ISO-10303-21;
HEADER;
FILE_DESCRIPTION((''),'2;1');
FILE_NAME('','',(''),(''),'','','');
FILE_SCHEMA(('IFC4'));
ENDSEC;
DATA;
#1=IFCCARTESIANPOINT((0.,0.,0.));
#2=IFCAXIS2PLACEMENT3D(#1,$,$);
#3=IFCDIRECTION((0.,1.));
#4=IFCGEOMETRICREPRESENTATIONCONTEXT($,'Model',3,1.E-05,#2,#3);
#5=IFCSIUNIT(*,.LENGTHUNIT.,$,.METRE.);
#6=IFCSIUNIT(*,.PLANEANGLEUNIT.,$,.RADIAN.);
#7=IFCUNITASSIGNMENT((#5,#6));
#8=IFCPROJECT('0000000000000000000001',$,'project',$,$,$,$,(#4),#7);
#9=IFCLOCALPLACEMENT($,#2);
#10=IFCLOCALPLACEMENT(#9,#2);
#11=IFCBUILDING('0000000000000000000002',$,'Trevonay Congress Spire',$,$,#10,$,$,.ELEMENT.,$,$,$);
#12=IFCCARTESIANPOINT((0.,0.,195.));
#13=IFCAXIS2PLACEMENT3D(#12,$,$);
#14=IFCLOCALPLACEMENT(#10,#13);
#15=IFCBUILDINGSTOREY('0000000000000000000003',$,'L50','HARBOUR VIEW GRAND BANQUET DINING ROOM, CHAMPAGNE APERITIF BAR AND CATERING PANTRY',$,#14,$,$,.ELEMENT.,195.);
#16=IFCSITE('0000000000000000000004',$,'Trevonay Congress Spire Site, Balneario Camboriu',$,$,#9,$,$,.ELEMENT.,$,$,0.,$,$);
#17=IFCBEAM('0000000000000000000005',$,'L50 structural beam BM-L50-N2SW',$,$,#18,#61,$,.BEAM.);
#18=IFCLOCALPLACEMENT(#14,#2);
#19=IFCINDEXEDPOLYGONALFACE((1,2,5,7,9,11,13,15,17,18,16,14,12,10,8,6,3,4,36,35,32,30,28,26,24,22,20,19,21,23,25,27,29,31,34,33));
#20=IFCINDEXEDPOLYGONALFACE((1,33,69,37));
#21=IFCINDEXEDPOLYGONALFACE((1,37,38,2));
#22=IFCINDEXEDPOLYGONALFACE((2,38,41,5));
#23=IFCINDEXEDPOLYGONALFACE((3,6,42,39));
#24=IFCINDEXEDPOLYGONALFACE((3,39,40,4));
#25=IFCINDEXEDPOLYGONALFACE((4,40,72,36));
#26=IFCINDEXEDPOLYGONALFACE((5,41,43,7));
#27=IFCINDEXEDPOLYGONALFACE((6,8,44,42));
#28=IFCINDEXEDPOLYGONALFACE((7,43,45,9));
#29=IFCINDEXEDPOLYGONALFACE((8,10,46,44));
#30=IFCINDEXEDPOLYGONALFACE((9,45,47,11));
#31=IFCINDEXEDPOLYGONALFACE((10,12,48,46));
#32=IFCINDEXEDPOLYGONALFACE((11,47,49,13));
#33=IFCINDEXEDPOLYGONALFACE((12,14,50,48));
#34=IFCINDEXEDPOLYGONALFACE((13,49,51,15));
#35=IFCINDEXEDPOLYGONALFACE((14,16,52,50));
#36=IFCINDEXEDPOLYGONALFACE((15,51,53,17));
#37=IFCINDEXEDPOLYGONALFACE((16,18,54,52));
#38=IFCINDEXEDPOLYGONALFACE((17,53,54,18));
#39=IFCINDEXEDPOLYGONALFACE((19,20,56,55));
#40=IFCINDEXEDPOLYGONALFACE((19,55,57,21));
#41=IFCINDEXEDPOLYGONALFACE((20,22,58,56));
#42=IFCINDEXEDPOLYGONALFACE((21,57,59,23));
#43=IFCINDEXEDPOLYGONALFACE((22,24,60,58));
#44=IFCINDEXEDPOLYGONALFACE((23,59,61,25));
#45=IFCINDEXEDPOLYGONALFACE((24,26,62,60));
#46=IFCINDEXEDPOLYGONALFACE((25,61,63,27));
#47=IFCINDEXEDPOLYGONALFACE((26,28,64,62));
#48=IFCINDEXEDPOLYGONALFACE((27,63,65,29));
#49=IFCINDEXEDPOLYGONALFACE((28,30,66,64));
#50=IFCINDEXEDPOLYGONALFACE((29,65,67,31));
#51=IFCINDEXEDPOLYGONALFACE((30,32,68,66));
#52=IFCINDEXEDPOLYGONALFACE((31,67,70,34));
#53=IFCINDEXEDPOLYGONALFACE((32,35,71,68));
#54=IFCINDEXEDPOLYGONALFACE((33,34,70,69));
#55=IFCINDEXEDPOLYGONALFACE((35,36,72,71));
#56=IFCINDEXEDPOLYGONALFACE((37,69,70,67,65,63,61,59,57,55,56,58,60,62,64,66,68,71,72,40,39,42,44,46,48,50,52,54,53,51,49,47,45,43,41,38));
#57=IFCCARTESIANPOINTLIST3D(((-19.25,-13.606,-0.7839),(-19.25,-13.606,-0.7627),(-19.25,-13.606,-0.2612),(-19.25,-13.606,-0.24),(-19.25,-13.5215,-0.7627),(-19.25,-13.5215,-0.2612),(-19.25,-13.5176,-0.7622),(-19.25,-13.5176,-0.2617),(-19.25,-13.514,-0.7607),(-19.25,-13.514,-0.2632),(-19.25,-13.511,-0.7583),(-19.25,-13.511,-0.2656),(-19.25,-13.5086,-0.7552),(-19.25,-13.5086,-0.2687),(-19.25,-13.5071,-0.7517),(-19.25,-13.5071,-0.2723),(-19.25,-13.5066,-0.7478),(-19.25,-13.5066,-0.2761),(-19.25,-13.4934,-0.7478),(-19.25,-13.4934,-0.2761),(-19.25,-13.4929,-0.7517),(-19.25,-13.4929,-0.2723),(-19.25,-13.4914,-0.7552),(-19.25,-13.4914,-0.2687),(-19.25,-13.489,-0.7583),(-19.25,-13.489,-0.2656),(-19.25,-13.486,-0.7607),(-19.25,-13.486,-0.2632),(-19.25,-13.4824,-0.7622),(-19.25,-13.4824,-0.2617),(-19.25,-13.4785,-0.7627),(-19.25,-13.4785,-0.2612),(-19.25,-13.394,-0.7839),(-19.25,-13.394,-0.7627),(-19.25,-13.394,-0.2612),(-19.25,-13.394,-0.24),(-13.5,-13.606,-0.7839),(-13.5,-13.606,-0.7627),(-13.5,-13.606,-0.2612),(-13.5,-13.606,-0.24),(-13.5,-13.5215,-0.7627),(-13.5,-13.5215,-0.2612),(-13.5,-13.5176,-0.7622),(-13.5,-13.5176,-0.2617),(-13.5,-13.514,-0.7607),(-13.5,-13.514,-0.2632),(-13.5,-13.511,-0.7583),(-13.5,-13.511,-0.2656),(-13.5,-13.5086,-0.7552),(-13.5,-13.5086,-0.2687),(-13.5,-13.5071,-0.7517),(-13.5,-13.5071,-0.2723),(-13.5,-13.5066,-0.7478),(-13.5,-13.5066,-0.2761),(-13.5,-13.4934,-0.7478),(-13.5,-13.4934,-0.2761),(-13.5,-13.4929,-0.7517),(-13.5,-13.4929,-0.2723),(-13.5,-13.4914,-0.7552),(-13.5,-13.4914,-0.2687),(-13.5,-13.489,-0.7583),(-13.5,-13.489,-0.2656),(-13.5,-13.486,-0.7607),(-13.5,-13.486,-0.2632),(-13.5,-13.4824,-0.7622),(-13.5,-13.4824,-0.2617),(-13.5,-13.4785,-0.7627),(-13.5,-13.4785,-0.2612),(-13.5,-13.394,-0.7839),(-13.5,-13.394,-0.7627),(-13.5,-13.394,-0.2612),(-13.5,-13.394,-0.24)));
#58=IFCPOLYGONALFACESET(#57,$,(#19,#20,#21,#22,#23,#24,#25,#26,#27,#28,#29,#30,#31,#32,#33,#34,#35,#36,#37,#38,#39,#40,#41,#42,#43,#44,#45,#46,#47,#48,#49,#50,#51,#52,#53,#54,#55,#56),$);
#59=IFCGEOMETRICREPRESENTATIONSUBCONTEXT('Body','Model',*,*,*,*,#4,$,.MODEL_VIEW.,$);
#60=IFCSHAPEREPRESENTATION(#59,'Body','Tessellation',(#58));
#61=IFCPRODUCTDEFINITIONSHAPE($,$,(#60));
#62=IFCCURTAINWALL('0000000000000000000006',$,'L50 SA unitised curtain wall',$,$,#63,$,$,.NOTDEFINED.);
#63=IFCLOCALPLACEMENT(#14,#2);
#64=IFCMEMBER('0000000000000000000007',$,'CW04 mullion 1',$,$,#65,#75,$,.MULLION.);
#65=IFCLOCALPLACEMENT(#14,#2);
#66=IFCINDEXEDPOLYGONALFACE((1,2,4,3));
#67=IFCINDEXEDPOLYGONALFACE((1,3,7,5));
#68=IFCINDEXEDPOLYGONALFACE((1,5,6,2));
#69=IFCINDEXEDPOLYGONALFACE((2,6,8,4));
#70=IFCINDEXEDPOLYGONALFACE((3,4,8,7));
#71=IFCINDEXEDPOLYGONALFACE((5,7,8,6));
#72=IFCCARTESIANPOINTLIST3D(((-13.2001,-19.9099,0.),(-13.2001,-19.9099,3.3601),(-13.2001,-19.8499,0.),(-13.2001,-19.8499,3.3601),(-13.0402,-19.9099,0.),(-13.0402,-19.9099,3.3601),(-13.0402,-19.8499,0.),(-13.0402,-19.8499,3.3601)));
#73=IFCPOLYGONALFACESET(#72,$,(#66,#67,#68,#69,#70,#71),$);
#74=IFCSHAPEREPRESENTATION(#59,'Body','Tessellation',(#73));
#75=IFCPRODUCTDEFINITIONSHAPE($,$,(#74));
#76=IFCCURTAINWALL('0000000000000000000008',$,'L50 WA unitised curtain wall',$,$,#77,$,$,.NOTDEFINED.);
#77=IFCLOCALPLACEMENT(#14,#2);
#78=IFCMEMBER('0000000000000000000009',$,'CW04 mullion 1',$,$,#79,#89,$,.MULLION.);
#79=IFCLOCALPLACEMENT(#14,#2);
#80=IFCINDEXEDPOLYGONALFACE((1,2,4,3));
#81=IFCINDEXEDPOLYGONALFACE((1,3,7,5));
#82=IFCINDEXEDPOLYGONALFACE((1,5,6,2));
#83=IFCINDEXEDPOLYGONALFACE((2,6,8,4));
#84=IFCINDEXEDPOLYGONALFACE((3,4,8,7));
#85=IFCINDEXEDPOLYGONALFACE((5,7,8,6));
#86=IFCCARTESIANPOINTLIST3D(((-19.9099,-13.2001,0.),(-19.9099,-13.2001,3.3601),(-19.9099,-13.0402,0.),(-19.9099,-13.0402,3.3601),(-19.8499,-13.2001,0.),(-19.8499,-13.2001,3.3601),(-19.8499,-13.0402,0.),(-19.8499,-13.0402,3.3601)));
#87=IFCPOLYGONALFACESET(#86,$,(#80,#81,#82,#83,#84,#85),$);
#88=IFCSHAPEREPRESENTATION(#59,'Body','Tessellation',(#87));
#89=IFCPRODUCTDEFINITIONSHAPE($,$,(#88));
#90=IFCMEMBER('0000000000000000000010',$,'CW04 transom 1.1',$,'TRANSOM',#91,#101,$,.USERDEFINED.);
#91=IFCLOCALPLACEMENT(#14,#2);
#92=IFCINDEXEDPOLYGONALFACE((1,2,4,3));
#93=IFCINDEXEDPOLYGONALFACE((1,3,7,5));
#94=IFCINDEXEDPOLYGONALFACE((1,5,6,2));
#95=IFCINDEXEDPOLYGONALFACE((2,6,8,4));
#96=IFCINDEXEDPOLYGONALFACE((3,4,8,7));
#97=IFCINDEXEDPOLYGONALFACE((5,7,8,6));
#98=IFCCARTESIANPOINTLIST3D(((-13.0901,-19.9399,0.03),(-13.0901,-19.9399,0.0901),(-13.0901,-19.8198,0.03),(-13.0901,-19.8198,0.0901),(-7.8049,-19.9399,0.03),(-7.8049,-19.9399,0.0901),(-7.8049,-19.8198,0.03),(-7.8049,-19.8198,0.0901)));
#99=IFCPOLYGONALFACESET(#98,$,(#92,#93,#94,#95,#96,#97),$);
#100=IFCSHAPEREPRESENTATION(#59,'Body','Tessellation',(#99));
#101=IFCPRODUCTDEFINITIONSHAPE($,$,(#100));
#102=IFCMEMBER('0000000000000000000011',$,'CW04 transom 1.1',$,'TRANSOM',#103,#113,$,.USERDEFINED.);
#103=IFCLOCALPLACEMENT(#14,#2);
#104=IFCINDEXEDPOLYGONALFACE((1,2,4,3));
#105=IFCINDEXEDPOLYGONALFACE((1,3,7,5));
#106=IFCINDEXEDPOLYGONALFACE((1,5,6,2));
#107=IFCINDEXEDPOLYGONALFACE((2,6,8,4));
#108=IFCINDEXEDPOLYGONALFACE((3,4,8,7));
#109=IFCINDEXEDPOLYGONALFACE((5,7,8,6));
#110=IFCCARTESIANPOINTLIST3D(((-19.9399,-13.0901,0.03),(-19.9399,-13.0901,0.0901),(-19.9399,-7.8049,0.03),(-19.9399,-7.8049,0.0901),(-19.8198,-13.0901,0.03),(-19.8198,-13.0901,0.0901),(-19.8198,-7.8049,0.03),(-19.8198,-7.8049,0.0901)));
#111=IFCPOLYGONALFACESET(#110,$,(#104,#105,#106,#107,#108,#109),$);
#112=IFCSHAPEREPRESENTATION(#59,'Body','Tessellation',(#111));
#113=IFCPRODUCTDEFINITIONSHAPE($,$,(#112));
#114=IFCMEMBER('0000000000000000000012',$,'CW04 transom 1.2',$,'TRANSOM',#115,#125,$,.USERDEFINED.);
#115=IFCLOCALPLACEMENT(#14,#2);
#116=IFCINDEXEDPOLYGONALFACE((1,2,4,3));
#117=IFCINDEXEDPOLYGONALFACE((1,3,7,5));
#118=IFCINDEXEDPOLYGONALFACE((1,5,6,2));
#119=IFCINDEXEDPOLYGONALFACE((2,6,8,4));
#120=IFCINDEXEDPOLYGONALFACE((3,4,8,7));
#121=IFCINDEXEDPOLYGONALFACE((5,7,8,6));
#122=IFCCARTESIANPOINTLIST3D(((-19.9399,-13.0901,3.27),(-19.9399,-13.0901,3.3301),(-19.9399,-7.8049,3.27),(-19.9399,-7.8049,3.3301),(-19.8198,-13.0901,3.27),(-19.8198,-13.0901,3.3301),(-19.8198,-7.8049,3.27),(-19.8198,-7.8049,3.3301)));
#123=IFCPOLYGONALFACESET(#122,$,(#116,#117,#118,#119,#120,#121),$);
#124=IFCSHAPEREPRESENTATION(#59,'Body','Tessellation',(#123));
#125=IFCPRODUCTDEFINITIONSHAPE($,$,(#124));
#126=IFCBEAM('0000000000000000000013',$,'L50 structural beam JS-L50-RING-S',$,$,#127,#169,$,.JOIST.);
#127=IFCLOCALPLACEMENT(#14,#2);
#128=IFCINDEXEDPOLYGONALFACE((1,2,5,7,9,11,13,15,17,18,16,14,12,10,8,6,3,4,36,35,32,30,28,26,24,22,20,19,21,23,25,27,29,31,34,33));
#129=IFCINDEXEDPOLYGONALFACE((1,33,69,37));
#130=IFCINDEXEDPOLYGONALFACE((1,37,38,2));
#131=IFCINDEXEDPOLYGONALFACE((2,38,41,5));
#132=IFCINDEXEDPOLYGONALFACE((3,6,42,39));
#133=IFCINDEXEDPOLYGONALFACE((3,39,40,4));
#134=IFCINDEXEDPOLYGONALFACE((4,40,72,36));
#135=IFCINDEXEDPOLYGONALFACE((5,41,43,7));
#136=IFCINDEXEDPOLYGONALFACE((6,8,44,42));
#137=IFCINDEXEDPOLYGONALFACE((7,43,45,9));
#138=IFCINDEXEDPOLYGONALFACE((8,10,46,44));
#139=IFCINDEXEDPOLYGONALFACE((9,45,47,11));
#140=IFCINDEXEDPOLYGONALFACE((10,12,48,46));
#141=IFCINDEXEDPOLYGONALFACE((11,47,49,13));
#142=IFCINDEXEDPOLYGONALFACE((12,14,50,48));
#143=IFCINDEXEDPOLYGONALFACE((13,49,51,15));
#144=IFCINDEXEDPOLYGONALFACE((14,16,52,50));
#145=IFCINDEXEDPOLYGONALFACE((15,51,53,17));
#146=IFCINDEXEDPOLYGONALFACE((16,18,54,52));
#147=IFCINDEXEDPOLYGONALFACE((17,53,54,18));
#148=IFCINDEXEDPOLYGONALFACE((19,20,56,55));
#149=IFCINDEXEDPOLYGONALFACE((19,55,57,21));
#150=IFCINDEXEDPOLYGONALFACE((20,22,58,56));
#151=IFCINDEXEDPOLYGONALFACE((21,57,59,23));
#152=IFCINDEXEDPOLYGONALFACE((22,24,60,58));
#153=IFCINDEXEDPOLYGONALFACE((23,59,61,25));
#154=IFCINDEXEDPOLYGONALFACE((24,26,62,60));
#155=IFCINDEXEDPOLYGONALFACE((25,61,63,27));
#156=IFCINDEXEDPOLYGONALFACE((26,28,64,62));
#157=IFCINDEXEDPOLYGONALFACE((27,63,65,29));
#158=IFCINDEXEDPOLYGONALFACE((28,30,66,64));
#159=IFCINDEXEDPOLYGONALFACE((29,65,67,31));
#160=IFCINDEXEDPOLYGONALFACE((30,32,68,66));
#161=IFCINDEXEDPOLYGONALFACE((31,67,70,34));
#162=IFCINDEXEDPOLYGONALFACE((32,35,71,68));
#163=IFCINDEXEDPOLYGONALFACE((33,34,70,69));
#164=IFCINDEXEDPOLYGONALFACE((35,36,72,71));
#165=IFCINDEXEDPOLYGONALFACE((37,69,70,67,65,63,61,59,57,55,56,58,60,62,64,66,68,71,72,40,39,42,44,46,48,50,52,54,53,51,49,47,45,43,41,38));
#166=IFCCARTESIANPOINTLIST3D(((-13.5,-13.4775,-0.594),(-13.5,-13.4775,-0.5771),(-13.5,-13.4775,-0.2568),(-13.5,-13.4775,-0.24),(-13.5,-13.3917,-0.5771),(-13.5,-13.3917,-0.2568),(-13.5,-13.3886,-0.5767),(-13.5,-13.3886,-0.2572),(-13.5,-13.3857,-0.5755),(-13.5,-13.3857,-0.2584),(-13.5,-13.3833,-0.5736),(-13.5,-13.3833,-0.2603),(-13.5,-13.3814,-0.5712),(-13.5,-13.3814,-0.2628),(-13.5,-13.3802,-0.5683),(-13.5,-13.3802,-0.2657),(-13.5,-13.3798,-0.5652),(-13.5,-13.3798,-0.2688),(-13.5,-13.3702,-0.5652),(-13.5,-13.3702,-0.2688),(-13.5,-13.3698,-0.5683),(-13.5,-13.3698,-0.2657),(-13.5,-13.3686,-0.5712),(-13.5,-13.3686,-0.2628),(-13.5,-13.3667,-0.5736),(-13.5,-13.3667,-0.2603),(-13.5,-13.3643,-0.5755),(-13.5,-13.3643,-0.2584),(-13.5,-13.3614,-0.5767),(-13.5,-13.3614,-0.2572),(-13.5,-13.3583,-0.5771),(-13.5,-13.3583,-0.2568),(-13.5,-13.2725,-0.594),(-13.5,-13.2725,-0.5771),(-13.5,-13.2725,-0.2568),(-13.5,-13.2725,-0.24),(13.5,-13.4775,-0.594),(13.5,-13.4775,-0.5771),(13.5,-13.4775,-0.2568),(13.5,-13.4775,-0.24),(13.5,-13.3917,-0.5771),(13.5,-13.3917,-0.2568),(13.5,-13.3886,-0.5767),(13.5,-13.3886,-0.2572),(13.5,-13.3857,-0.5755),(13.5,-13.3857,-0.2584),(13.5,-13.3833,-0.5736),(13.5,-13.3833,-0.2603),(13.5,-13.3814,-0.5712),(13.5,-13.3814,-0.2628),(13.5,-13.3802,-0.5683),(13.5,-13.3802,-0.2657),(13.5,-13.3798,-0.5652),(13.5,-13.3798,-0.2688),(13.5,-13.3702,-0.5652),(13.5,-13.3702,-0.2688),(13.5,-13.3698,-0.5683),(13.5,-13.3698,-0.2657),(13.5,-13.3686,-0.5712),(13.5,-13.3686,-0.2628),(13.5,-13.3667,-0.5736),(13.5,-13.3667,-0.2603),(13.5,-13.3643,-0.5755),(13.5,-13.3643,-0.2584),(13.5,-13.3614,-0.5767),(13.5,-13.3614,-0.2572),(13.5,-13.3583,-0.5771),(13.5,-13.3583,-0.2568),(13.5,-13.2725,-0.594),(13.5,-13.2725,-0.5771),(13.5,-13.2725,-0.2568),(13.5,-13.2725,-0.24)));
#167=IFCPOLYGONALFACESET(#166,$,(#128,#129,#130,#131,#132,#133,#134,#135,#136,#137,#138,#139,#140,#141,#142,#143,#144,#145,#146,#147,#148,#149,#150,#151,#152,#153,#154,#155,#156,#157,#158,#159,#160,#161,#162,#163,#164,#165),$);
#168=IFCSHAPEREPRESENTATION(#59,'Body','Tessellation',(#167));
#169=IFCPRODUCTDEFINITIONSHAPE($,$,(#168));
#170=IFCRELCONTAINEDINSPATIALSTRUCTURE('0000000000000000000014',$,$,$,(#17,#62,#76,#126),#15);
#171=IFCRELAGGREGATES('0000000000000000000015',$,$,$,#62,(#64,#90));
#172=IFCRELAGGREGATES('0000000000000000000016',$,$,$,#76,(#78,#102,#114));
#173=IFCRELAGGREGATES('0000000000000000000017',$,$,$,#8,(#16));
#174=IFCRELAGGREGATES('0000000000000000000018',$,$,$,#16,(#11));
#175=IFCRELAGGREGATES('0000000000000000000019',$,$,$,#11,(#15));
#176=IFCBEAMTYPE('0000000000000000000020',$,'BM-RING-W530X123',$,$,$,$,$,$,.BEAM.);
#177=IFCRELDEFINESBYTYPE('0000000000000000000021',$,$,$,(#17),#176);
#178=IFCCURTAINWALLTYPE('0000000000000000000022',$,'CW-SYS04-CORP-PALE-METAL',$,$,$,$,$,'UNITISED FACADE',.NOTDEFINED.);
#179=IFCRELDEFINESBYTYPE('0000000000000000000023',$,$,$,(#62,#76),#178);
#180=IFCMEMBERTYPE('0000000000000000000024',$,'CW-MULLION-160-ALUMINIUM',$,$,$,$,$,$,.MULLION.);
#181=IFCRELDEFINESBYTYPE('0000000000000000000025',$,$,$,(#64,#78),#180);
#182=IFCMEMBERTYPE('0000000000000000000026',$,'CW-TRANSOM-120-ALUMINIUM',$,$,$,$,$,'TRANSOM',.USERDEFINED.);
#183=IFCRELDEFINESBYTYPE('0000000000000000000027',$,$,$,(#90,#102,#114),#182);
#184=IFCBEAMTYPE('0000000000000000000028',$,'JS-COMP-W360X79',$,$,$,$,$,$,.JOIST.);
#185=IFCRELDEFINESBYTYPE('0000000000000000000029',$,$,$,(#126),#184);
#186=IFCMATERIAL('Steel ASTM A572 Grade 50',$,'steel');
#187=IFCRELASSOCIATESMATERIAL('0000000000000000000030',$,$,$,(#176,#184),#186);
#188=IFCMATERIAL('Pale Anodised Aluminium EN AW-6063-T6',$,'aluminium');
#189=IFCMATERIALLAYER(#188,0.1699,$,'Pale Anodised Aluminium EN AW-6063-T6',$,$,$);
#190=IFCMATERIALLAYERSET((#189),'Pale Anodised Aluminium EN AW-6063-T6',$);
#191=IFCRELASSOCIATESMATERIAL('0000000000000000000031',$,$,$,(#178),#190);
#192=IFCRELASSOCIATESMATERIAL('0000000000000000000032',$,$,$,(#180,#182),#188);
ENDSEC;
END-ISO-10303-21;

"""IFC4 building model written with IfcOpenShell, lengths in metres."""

from ifc_helpers import new_model, si_unit, direction, frame, origin, origin_2d, place, context, subcontext, project, spatial, rectangle, i_section, extrude, material, layer, layer_set, material_profile, profile_set, type_object, element, aggregate, save


model = new_model("IFC4")

# Units and contexts
model_context = context("Model", 3, precision=1e-05, world=origin(), true_north=direction((0.0, 1.0)))
body_context = subcontext(model_context, "Body", "Model", "MODEL_VIEW")
ifc_project = project(units=[si_unit("LENGTHUNIT", "METRE"), si_unit("PLANEANGLEUNIT", "RADIAN")], contexts=[model_context])

# Site, building, storey
site_placement = place(None, origin())
site = spatial("IfcSite", under=ifc_project, at=site_placement, Name="Trevonay Congress Spire Site, Balneario Camboriu", CompositionType="ELEMENT", RefElevation=0.0)
building_placement = place(site_placement, origin())
building = spatial("IfcBuilding", under=site, at=building_placement, Name="Trevonay Congress Spire", CompositionType="ELEMENT")
storey_placement = place(building_placement, frame((0.0, 0.0, 195.0)))
storey = spatial("IfcBuildingStorey", under=building, at=storey_placement, Name="L50", Description="HARBOUR VIEW GRAND BANQUET DINING ROOM, CHAMPAGNE APERITIF BAR AND CATERING PANTRY", CompositionType="ELEMENT", Elevation=195.0)

# Shared definitions
ifc_material_1 = material(Name="Steel ASTM A572 Grade 50", Category="steel")

# Beam
ifc_material_profile_1 = material_profile(ifc_material_1, i_section(OverallWidth=0.2119, OverallDepth=0.5439, WebThickness=0.0132, FlangeThickness=0.0212, FilletRadius=0.0149, at=origin_2d()), Name="W530x123")
ifc_profile_set_1 = profile_set([ifc_material_profile_1], Name="Steel ASTM A572 Grade 50")
beam_type_1 = type_object("IfcBeamType", Name="BM-RING-W530X123", PredefinedType="BEAM", material=ifc_profile_set_1)
for number, where, z_axis, x_axis, name in (
    (1, (-19.25, -13.5, -0.512), (1.0, 0.0, 0.0), (0.0, 1.0, 0.0), "L50 structural beam BM-L50-N2SW"),
):
    element("IfcBeam", number, at=place(storey_placement, frame(where, z_axis=z_axis, x_axis=x_axis)), inside=storey, type_object=beam_type_1, Name=name, PredefinedType="BEAM", context=body_context, shape_type="SweptSolid", body=[
        extrude(i_section(OverallWidth=0.2119, OverallDepth=0.5439, WebThickness=0.0132, FlangeThickness=0.0212, FilletRadius=0.0149, at=origin_2d()), origin(), (0.0, 0.0, 1.0), 5.75),
    ])

# Curtain walls, members
ifc_material_2 = material(Name="Pale Anodised Aluminium EN AW-6063-T6", Category="aluminium")
ifc_layer_1 = layer(ifc_material_2, 0.1699, Name="Pale Anodised Aluminium EN AW-6063-T6")
ifc_layer_set_1 = layer_set([ifc_layer_1], Name="Pale Anodised Aluminium EN AW-6063-T6")
curtain_wall_type = type_object("IfcCurtainWallType", Name="CW-SYS04-CORP-PALE-METAL", ElementType="UNITISED FACADE", PredefinedType="NOTDEFINED", material=ifc_layer_set_1)
curtain_wall_1_placement = place(storey_placement, origin())
curtain_wall_1 = element("IfcCurtainWall", 2, at=curtain_wall_1_placement, inside=storey, type_object=curtain_wall_type, Name="L50 SA unitised curtain wall", PredefinedType="NOTDEFINED")
ifc_material_profile_2 = material_profile(ifc_material_2, rectangle(XDim=0.0601, YDim=0.1599, at=origin_2d()), Name="CW-MULLION-160-ALUMINIUM")
ifc_profile_set_2 = profile_set([ifc_material_profile_2], Name="Pale Anodised Aluminium EN AW-6063-T6")
member_type_1 = type_object("IfcMemberType", Name="CW-MULLION-160-ALUMINIUM", PredefinedType="MULLION", material=ifc_profile_set_2)
member_1_placement = place(storey_placement, frame((-13.1201, -19.8799, 0.0), z_axis=(0.0, 0.0, 1.0), x_axis=(0.0, 1.0, 0.0)))
member_1 = element("IfcMember", 3, at=member_1_placement, type_object=member_type_1, Name="CW04 mullion 1", PredefinedType="MULLION", context=body_context, shape_type="SweptSolid", body=[
    extrude(rectangle(XDim=0.0601, YDim=0.1599, at=origin_2d()), origin(), (0.0, 0.0, 1.0), 3.3601),
])
curtain_wall_2_placement = place(storey_placement, origin())
curtain_wall_2 = element("IfcCurtainWall", 4, at=curtain_wall_2_placement, inside=storey, type_object=curtain_wall_type, Name="L50 WA unitised curtain wall", PredefinedType="NOTDEFINED")
member_2_placement = place(storey_placement, frame((-19.8799, -13.1201, 0.0), z_axis=(0.0, 0.0, 1.0), x_axis=(-1.0, 0.0, 0.0)))
member_2 = element("IfcMember", 5, at=member_2_placement, type_object=member_type_1, Name="CW04 mullion 1", PredefinedType="MULLION", context=body_context, shape_type="SweptSolid", body=[
    extrude(rectangle(XDim=0.0601, YDim=0.1599, at=origin_2d()), origin(), (0.0, 0.0, 1.0), 3.3601),
])

# Members
ifc_material_profile_3 = material_profile(ifc_material_2, rectangle(XDim=0.1201, YDim=0.0601, at=origin_2d()), Name="CW-TRANSOM-120-ALUMINIUM")
ifc_profile_set_3 = profile_set([ifc_material_profile_3], Name="Pale Anodised Aluminium EN AW-6063-T6")
member_type_2 = type_object("IfcMemberType", Name="CW-TRANSOM-120-ALUMINIUM", ElementType="TRANSOM", PredefinedType="USERDEFINED", material=ifc_profile_set_3)
member_3_placement = place(storey_placement, frame((-13.0901, -19.8799, 0.0601), z_axis=(1.0, 0.0, 0.0), x_axis=(0.0, 1.0, 0.0)))
member_3 = element("IfcMember", 6, at=member_3_placement, type_object=member_type_2, Name="CW04 transom 1.1", ObjectType="TRANSOM", PredefinedType="USERDEFINED", context=body_context, shape_type="SweptSolid", body=[
    extrude(rectangle(XDim=0.1201, YDim=0.0601, at=origin_2d()), origin(), (0.0, 0.0, 1.0), 5.2852),
])
aggregate(curtain_wall_1, [member_1, member_3])
member_4_placement = place(storey_placement, frame((-19.8799, -13.0901, 0.0601), z_axis=(0.0, 1.0, 0.0), x_axis=(-1.0, 0.0, 0.0)))
member_4 = element("IfcMember", 7, at=member_4_placement, type_object=member_type_2, Name="CW04 transom 1.1", ObjectType="TRANSOM", PredefinedType="USERDEFINED", context=body_context, shape_type="SweptSolid", body=[
    extrude(rectangle(XDim=0.1201, YDim=0.0601, at=origin_2d()), origin(), (0.0, 0.0, 1.0), 5.2852),
])
member_5_placement = place(storey_placement, frame((-19.8799, -13.0901, 3.3), z_axis=(0.0, 1.0, 0.0), x_axis=(-1.0, 0.0, 0.0)))
member_5 = element("IfcMember", 8, at=member_5_placement, type_object=member_type_2, Name="CW04 transom 1.2", ObjectType="TRANSOM", PredefinedType="USERDEFINED", context=body_context, shape_type="SweptSolid", body=[
    extrude(rectangle(XDim=0.1201, YDim=0.0601, at=origin_2d()), origin(), (0.0, 0.0, 1.0), 5.2852),
])
aggregate(curtain_wall_2, [member_2, member_4, member_5])

# Beam
ifc_material_profile_4 = material_profile(ifc_material_1, i_section(OverallWidth=0.2051, OverallDepth=0.354, WebThickness=0.0095, FlangeThickness=0.0168, FilletRadius=0.012, at=origin_2d()), Name="W360x79")
ifc_profile_set_4 = profile_set([ifc_material_profile_4], Name="Steel ASTM A572 Grade 50")
beam_type_2 = type_object("IfcBeamType", Name="JS-COMP-W360X79", PredefinedType="JOIST", material=ifc_profile_set_4)
for number, where, z_axis, x_axis, name in (
    (9, (-13.5, -13.375, -0.417), (1.0, 0.0, 0.0), (0.0, 1.0, 0.0), "L50 structural beam JS-L50-RING-S"),
):
    element("IfcBeam", number, at=place(storey_placement, frame(where, z_axis=z_axis, x_axis=x_axis)), inside=storey, type_object=beam_type_2, Name=name, PredefinedType="JOIST", context=body_context, shape_type="SweptSolid", body=[
        extrude(i_section(OverallWidth=0.2051, OverallDepth=0.354, WebThickness=0.0095, FlangeThickness=0.0168, FilletRadius=0.012, at=origin_2d()), origin(), (0.0, 0.0, 1.0), 27.0),
    ])

save(model, "model.ifc")
